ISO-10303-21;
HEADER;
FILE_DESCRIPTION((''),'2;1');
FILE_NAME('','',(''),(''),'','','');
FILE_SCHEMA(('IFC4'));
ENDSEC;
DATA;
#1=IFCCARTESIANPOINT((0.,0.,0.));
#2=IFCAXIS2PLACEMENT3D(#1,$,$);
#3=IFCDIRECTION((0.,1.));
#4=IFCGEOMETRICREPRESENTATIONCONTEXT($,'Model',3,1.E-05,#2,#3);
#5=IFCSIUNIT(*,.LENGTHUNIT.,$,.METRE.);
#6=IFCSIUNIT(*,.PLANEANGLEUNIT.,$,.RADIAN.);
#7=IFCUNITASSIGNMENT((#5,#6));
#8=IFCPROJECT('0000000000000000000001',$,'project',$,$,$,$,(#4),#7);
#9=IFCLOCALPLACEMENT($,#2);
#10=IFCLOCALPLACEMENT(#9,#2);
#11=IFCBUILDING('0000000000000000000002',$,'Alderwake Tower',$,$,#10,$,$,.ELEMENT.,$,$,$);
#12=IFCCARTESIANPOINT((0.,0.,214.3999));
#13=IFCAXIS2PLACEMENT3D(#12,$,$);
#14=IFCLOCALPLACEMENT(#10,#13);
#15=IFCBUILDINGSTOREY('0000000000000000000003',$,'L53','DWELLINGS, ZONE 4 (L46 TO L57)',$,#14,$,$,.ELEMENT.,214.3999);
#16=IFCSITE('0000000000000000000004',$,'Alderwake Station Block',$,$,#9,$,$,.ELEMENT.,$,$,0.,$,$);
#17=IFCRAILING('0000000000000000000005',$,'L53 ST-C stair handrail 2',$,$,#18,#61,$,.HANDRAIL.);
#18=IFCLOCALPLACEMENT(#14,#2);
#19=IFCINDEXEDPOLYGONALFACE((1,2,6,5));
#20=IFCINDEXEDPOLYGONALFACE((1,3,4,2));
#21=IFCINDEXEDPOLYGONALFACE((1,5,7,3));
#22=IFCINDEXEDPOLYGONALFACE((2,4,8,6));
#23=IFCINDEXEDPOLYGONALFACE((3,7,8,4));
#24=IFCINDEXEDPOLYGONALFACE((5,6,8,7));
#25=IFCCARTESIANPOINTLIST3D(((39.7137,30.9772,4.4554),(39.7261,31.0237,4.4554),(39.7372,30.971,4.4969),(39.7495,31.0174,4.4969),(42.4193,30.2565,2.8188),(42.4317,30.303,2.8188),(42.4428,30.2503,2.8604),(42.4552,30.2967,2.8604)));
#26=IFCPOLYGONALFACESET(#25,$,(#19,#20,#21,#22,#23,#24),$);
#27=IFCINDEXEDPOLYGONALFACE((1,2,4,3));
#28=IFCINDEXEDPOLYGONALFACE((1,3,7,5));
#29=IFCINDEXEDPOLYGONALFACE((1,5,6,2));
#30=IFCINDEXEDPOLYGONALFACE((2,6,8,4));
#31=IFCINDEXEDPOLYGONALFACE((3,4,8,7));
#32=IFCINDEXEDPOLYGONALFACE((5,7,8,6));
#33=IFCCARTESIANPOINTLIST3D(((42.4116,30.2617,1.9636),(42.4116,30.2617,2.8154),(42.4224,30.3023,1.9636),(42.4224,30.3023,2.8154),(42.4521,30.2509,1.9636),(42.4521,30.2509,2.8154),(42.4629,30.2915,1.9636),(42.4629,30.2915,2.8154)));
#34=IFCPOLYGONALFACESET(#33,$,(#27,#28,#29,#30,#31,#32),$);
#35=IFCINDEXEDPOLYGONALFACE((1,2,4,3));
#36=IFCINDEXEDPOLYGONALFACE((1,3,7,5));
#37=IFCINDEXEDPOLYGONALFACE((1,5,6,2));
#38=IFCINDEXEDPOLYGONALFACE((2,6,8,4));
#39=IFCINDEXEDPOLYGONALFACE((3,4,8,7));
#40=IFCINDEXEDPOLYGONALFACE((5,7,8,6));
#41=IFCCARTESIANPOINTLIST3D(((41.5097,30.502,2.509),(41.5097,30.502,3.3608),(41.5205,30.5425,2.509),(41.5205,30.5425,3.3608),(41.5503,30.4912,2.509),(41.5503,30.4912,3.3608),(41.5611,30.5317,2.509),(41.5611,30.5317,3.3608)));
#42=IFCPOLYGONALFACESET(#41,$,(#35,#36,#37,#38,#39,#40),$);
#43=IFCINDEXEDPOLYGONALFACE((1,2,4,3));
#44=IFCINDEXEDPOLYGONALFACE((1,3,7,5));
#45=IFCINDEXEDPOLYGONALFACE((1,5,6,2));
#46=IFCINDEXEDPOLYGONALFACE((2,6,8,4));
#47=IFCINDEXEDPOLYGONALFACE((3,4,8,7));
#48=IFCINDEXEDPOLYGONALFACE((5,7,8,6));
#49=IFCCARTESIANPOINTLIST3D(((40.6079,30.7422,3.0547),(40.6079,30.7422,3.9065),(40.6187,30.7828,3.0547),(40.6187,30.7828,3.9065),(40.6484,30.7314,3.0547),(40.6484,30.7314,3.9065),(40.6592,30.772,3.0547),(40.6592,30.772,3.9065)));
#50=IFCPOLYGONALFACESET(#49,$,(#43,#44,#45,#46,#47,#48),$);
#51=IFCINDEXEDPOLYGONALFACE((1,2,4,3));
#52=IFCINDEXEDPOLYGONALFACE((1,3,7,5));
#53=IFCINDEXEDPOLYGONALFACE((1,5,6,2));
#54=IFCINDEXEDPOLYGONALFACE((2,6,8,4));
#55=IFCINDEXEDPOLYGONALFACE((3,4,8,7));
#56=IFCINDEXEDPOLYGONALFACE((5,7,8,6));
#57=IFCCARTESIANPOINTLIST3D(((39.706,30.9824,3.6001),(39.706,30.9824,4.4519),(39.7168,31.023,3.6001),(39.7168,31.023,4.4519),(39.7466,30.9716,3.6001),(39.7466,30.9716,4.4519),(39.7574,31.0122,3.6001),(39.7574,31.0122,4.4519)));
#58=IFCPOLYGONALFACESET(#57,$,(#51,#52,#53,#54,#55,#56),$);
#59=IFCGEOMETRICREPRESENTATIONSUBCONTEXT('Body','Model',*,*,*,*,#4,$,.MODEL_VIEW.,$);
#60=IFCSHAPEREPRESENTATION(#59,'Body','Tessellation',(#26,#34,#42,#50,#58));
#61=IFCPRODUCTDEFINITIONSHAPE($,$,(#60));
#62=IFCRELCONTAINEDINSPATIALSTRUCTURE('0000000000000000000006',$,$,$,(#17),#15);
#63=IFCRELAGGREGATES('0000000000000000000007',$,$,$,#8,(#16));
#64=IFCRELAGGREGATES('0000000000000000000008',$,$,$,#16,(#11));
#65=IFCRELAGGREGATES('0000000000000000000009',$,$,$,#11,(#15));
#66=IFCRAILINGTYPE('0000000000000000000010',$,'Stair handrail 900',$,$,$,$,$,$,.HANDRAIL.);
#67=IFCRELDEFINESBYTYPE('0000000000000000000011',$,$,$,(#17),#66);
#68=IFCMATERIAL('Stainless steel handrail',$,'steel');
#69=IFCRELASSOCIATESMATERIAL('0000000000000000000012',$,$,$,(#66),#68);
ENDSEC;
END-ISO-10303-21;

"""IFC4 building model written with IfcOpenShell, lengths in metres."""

from ifc_helpers import new_model, si_unit, direction, frame, origin, origin_2d, place, context, subcontext, project, spatial, rectangle, extrude, material, type_object, element, save


model = new_model("IFC4")

# Units and contexts
model_context = context("Model", 3, precision=1e-05, world=origin(), true_north=direction((0.0, 1.0)))
body_context = subcontext(model_context, "Body", "Model", "MODEL_VIEW")
ifc_project = project(units=[si_unit("LENGTHUNIT", "METRE"), si_unit("PLANEANGLEUNIT", "RADIAN")], contexts=[model_context])

# Site, building, storey
site_placement = place(None, origin())
site = spatial("IfcSite", under=ifc_project, at=site_placement, Name="Alderwake Station Block", CompositionType="ELEMENT", RefElevation=0.0)
building_placement = place(site_placement, origin())
building = spatial("IfcBuilding", under=site, at=building_placement, Name="Alderwake Tower", CompositionType="ELEMENT")
storey_placement = place(building_placement, frame((0.0, 0.0, 214.3999)))
storey = spatial("IfcBuildingStorey", under=building, at=storey_placement, Name="L53", Description="DWELLINGS, ZONE 4 (L46 TO L57)", CompositionType="ELEMENT", Elevation=214.3999)

# Railing
ifc_material_1 = material(Name="Stainless steel handrail", Category="steel")
railing_type_1 = type_object("IfcRailingType", Name="Stair handrail 900", PredefinedType="HANDRAIL", material=ifc_material_1)
railing_1_placement = place(storey_placement, frame((42.4373, 30.2766, 1.9636)))
element("IfcRailing", 1, at=railing_1_placement, inside=storey, type_object=railing_type_1, Name="L53 ST-C stair handrail 2", PredefinedType="HANDRAIL", context=body_context, shape_type="SweptSolid", body=[
    extrude(rectangle(XDim=0.0481, YDim=0.0481, at=origin_2d()), frame((0.0, 0.0, 0.876), z_axis=(-0.834259, 0.222228, 0.504605), x_axis=(-0.257402, -0.966304, 0.0)), (0.0, 0.0, 1.0), 3.2432),
    extrude(rectangle(XDim=0.042, YDim=0.042, at=origin_2d()), frame((0.0, 0.0, 0.0), z_axis=(0.0, 0.0, 1.0), x_axis=(-0.966304, 0.257402, 0.0)), (0.0, 0.0, 1.0), 0.8518),
    extrude(rectangle(XDim=0.042, YDim=0.042, at=origin_2d()), frame((-0.9019, 0.2402, 0.5454), z_axis=(0.0, 0.0, 1.0), x_axis=(-0.966304, 0.257402, 0.0)), (0.0, 0.0, 1.0), 0.8518),
    extrude(rectangle(XDim=0.042, YDim=0.042, at=origin_2d()), frame((-1.8037, 0.4805, 1.0911), z_axis=(0.0, 0.0, 1.0), x_axis=(-0.966304, 0.257402, 0.0)), (0.0, 0.0, 1.0), 0.8518),
    extrude(rectangle(XDim=0.042, YDim=0.042, at=origin_2d()), frame((-2.7056, 0.7207, 1.6365), z_axis=(0.0, 0.0, 1.0), x_axis=(-0.966304, 0.257402, 0.0)), (0.0, 0.0, 1.0), 0.8518),
])

save(model, "model.ifc")
